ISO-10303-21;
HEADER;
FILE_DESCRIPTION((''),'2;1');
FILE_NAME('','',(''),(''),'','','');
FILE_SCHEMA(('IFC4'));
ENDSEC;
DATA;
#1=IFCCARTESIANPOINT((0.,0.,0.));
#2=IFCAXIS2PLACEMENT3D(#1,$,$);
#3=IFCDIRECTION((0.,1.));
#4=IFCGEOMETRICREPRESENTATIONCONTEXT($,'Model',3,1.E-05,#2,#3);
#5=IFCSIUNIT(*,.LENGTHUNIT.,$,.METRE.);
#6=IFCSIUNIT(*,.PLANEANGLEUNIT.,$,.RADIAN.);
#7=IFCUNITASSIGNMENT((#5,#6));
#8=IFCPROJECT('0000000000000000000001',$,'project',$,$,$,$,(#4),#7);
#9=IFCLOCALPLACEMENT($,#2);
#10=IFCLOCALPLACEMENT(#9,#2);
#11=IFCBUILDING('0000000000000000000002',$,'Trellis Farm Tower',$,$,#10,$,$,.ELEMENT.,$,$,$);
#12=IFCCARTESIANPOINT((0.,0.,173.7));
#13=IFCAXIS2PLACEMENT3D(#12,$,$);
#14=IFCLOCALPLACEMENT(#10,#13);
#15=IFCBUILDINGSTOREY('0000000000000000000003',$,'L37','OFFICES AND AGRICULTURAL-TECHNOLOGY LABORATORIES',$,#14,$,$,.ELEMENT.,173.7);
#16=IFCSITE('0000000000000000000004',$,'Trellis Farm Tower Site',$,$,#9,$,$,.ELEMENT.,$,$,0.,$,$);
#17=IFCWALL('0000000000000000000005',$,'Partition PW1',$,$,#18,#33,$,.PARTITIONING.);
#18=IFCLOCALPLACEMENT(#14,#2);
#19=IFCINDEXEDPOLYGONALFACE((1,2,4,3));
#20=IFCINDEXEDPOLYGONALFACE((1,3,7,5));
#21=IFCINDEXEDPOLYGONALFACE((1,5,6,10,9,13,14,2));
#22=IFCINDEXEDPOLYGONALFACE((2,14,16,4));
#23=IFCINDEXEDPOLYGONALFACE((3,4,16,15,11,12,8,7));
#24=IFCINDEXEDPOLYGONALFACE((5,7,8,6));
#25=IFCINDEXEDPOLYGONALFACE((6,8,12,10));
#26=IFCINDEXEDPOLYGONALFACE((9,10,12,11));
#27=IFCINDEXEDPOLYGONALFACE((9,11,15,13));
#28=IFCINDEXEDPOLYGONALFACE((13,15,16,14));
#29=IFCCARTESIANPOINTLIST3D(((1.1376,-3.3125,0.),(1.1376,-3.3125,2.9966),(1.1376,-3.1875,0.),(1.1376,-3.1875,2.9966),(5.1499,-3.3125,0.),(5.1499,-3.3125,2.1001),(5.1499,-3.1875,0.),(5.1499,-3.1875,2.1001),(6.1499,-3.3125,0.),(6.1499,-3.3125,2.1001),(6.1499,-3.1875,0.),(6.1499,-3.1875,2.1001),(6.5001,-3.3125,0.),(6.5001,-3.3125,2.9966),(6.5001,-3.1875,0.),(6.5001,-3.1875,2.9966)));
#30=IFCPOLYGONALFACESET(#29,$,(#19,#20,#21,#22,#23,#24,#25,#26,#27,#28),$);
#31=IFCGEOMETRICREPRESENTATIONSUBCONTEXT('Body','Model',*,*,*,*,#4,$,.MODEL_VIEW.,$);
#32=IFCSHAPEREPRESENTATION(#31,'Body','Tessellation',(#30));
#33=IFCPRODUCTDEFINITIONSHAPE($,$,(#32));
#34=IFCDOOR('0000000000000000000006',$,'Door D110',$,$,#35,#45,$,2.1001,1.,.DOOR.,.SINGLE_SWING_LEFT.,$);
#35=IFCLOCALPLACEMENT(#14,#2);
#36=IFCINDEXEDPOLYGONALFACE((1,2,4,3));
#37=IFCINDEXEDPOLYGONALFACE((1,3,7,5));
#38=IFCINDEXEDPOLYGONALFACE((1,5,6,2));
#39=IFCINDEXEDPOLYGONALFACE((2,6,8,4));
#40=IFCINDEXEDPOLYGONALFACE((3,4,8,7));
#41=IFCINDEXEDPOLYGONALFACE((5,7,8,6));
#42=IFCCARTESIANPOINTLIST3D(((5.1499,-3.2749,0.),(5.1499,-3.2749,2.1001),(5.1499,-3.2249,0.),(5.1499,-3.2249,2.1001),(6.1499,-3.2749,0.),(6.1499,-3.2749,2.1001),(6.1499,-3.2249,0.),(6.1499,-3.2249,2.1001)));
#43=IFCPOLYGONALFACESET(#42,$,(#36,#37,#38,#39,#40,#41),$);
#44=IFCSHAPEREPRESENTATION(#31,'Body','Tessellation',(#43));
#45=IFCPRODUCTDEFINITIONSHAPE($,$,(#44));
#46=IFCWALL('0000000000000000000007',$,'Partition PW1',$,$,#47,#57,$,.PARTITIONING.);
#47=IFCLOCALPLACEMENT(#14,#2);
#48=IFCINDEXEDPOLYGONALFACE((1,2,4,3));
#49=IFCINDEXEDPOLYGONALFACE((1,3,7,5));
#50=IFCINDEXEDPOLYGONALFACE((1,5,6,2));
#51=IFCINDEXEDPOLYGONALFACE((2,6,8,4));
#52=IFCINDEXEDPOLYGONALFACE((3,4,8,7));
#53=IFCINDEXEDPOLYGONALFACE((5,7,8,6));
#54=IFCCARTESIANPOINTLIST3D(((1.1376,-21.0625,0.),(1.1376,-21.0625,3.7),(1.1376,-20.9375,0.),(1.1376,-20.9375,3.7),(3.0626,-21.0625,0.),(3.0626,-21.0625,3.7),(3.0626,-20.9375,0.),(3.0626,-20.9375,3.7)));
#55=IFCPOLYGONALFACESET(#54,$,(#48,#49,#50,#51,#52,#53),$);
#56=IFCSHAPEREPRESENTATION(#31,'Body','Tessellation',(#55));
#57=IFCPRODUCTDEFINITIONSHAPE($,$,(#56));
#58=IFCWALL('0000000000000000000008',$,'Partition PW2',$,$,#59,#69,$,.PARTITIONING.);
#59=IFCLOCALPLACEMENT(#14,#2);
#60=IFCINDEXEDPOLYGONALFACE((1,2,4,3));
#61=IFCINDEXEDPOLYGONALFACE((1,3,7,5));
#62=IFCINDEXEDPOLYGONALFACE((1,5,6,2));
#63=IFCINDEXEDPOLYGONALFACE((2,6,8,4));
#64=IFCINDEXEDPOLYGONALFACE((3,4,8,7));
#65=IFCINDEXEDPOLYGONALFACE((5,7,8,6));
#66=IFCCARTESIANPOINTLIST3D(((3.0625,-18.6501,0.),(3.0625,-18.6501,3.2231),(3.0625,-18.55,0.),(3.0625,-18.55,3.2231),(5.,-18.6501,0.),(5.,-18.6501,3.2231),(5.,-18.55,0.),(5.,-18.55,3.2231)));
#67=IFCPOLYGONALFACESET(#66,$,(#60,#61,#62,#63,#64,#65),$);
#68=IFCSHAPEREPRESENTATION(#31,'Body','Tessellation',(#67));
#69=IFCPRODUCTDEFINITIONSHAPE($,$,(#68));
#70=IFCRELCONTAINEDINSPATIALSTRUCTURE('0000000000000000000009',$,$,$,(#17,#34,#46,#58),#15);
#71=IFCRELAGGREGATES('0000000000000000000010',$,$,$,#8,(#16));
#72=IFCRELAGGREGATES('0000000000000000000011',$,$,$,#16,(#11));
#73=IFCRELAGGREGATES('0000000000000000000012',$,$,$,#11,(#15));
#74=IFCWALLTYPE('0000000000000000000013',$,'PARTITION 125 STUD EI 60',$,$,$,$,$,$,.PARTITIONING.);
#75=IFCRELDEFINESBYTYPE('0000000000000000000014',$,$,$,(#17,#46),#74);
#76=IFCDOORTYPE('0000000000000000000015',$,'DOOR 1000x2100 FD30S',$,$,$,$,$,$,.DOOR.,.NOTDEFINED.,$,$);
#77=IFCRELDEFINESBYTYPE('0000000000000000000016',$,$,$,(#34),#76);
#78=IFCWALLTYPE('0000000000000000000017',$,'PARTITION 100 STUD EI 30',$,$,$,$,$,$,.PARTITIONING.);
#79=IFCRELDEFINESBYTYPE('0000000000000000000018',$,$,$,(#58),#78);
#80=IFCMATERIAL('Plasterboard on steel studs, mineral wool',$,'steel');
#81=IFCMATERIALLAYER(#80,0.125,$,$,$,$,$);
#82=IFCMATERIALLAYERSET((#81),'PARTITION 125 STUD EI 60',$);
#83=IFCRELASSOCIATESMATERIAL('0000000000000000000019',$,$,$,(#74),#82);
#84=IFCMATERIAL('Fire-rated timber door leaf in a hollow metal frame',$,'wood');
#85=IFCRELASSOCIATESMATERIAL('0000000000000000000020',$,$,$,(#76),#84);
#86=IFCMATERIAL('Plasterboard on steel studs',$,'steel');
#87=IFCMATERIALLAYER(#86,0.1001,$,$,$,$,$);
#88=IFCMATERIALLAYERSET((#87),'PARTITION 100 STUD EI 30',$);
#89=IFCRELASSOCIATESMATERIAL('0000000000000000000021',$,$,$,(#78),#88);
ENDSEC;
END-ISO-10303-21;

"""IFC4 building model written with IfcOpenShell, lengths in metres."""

from ifc_helpers import new_model, si_unit, direction, frame, frame_2d, origin, place, context, subcontext, project, spatial, rectangle, extrude, source, transform, mapped, material, layer, layer_set, type_object, element, fill, save


model = new_model("IFC4")

# Units and contexts
model_context = context("Model", 3, precision=1e-05, world=origin(), true_north=direction((0.0, 1.0)))
body_context = subcontext(model_context, "Body", "Model", "MODEL_VIEW")
ifc_project = project(units=[si_unit("LENGTHUNIT", "METRE"), si_unit("PLANEANGLEUNIT", "RADIAN")], contexts=[model_context])

# Site, building, storey
site_placement = place(None, origin())
site = spatial("IfcSite", under=ifc_project, at=site_placement, Name="Trellis Farm Tower Site", CompositionType="ELEMENT", RefElevation=0.0)
building_placement = place(site_placement, origin())
building = spatial("IfcBuilding", under=site, at=building_placement, Name="Trellis Farm Tower", CompositionType="ELEMENT")
storey_placement = place(building_placement, frame((0.0, 0.0, 173.7)))
storey = spatial("IfcBuildingStorey", under=building, at=storey_placement, Name="L37", Description="OFFICES AND AGRICULTURAL-TECHNOLOGY LABORATORIES", CompositionType="ELEMENT", Elevation=173.7)

# Shared definitions
shared_shape_1 = source(origin(), body_context, "Body", "SweptSolid", [
    extrude(rectangle(XDim=1.0, YDim=2.1001, at=frame_2d((0.5, 1.05))), frame((0.0, 0.0249, 0.0), z_axis=(0.0, -1.0, 0.0), x_axis=(1.0, 0.0, 0.0)), (0.0, 0.0, 1.0), 0.05),
])

# Wall, opening, door
ifc_material_1 = material(Name="Plasterboard on steel studs, mineral wool", Category="steel")
ifc_layer_1 = layer(ifc_material_1, 0.125)
ifc_layer_set_1 = layer_set([ifc_layer_1], Name="PARTITION 125 STUD EI 60")
wall_type_1 = type_object("IfcWallType", Name="PARTITION 125 STUD EI 60", PredefinedType="PARTITIONING", material=ifc_layer_set_1)
shared_shape_2 = source(origin(), body_context, "Body", "SweptSolid", [
    extrude(rectangle(XDim=5.3625, YDim=0.125, at=frame_2d((2.6812, 0.0))), origin(), (0.0, 0.0, 1.0), 2.9966),
])
wall_1_placement = place(storey_placement, frame((6.5, -3.25, 0.0), z_axis=(0.0, 0.0, 1.0), x_axis=(-1.0, 0.0, 0.0)))
wall_1 = element("IfcWall", 1, at=wall_1_placement, inside=storey, type_object=wall_type_1, Name="Partition PW1", PredefinedType="PARTITIONING", context=body_context, shape_type="MappedRepresentation", body=[
    mapped(shared_shape_2, transform((0.0, 0.0, 0.0))),
])
shared_shape_3 = source(origin(), body_context, "Body", "SweptSolid", [
    extrude(rectangle(XDim=1.0, YDim=2.1001, at=frame_2d((0.5, 1.05))), frame((0.0, 0.0725, 0.0), z_axis=(0.0, -1.0, 0.0), x_axis=(1.0, 0.0, 0.0)), (0.0, 0.0, 1.0), 0.145),
])
opening_1_placement = place(wall_1_placement, frame((0.3501, 0.0, 0.0)))
opening_1 = element("IfcOpeningElement", 2, at=opening_1_placement, cuts=wall_1, PredefinedType="OPENING", context=body_context, shape_type="MappedRepresentation", body=[
    mapped(shared_shape_3, transform((0.0, 0.0, 0.0))),
])
ifc_material_2 = material(Name="Fire-rated timber door leaf in a hollow metal frame", Category="wood")
door_type_1 = type_object("IfcDoorType", Name="DOOR 1000x2100 FD30S", OperationType="NOTDEFINED", PredefinedType="DOOR", material=ifc_material_2)
door_1_placement = place(opening_1_placement, origin())
door_1 = element("IfcDoor", 3, at=door_1_placement, inside=storey, type_object=door_type_1, Name="Door D110", OperationType="SINGLE_SWING_LEFT", OverallHeight=2.1001, OverallWidth=1.0, PredefinedType="DOOR", context=body_context, shape_type="MappedRepresentation", body=[
    mapped(shared_shape_1, transform((0.0, 0.0, 0.0))),
])
fill(opening_1, door_1)

# Walls
shared_shape_4 = source(origin(), body_context, "Body", "SweptSolid", [
    extrude(rectangle(XDim=1.925, YDim=0.125, at=frame_2d((0.9624, 0.0))), origin(), (0.0, 0.0, 1.0), 3.7),
])
wall_2_placement = place(storey_placement, frame((3.0625, -21.0, 0.0), z_axis=(0.0, 0.0, 1.0), x_axis=(-1.0, 0.0, 0.0)))
element("IfcWall", 4, at=wall_2_placement, inside=storey, type_object=wall_type_1, Name="Partition PW1", PredefinedType="PARTITIONING", context=body_context, shape_type="MappedRepresentation", body=[
    mapped(shared_shape_4, transform((0.0, 0.0, 0.0))),
])
ifc_material_3 = material(Name="Plasterboard on steel studs", Category="steel")
ifc_layer_2 = layer(ifc_material_3, 0.1001)
ifc_layer_set_2 = layer_set([ifc_layer_2], Name="PARTITION 100 STUD EI 30")
wall_type_2 = type_object("IfcWallType", Name="PARTITION 100 STUD EI 30", PredefinedType="PARTITIONING", material=ifc_layer_set_2)
shared_shape_5 = source(origin(), body_context, "Body", "SweptSolid", [
    extrude(rectangle(XDim=1.9375, YDim=0.1001, at=frame_2d((0.9688, 0.0))), origin(), (0.0, 0.0, 1.0), 3.2231),
])
wall_3_placement = place(storey_placement, frame((3.0625, -18.6001, 0.0), z_axis=(0.0, 0.0, 1.0), x_axis=(1.0, 0.0, 0.0)))
element("IfcWall", 5, at=wall_3_placement, inside=storey, type_object=wall_type_2, Name="Partition PW2", PredefinedType="PARTITIONING", context=body_context, shape_type="MappedRepresentation", body=[
    mapped(shared_shape_5, transform((0.0, 0.0, 0.0))),
])

save(model, "model.ifc")
